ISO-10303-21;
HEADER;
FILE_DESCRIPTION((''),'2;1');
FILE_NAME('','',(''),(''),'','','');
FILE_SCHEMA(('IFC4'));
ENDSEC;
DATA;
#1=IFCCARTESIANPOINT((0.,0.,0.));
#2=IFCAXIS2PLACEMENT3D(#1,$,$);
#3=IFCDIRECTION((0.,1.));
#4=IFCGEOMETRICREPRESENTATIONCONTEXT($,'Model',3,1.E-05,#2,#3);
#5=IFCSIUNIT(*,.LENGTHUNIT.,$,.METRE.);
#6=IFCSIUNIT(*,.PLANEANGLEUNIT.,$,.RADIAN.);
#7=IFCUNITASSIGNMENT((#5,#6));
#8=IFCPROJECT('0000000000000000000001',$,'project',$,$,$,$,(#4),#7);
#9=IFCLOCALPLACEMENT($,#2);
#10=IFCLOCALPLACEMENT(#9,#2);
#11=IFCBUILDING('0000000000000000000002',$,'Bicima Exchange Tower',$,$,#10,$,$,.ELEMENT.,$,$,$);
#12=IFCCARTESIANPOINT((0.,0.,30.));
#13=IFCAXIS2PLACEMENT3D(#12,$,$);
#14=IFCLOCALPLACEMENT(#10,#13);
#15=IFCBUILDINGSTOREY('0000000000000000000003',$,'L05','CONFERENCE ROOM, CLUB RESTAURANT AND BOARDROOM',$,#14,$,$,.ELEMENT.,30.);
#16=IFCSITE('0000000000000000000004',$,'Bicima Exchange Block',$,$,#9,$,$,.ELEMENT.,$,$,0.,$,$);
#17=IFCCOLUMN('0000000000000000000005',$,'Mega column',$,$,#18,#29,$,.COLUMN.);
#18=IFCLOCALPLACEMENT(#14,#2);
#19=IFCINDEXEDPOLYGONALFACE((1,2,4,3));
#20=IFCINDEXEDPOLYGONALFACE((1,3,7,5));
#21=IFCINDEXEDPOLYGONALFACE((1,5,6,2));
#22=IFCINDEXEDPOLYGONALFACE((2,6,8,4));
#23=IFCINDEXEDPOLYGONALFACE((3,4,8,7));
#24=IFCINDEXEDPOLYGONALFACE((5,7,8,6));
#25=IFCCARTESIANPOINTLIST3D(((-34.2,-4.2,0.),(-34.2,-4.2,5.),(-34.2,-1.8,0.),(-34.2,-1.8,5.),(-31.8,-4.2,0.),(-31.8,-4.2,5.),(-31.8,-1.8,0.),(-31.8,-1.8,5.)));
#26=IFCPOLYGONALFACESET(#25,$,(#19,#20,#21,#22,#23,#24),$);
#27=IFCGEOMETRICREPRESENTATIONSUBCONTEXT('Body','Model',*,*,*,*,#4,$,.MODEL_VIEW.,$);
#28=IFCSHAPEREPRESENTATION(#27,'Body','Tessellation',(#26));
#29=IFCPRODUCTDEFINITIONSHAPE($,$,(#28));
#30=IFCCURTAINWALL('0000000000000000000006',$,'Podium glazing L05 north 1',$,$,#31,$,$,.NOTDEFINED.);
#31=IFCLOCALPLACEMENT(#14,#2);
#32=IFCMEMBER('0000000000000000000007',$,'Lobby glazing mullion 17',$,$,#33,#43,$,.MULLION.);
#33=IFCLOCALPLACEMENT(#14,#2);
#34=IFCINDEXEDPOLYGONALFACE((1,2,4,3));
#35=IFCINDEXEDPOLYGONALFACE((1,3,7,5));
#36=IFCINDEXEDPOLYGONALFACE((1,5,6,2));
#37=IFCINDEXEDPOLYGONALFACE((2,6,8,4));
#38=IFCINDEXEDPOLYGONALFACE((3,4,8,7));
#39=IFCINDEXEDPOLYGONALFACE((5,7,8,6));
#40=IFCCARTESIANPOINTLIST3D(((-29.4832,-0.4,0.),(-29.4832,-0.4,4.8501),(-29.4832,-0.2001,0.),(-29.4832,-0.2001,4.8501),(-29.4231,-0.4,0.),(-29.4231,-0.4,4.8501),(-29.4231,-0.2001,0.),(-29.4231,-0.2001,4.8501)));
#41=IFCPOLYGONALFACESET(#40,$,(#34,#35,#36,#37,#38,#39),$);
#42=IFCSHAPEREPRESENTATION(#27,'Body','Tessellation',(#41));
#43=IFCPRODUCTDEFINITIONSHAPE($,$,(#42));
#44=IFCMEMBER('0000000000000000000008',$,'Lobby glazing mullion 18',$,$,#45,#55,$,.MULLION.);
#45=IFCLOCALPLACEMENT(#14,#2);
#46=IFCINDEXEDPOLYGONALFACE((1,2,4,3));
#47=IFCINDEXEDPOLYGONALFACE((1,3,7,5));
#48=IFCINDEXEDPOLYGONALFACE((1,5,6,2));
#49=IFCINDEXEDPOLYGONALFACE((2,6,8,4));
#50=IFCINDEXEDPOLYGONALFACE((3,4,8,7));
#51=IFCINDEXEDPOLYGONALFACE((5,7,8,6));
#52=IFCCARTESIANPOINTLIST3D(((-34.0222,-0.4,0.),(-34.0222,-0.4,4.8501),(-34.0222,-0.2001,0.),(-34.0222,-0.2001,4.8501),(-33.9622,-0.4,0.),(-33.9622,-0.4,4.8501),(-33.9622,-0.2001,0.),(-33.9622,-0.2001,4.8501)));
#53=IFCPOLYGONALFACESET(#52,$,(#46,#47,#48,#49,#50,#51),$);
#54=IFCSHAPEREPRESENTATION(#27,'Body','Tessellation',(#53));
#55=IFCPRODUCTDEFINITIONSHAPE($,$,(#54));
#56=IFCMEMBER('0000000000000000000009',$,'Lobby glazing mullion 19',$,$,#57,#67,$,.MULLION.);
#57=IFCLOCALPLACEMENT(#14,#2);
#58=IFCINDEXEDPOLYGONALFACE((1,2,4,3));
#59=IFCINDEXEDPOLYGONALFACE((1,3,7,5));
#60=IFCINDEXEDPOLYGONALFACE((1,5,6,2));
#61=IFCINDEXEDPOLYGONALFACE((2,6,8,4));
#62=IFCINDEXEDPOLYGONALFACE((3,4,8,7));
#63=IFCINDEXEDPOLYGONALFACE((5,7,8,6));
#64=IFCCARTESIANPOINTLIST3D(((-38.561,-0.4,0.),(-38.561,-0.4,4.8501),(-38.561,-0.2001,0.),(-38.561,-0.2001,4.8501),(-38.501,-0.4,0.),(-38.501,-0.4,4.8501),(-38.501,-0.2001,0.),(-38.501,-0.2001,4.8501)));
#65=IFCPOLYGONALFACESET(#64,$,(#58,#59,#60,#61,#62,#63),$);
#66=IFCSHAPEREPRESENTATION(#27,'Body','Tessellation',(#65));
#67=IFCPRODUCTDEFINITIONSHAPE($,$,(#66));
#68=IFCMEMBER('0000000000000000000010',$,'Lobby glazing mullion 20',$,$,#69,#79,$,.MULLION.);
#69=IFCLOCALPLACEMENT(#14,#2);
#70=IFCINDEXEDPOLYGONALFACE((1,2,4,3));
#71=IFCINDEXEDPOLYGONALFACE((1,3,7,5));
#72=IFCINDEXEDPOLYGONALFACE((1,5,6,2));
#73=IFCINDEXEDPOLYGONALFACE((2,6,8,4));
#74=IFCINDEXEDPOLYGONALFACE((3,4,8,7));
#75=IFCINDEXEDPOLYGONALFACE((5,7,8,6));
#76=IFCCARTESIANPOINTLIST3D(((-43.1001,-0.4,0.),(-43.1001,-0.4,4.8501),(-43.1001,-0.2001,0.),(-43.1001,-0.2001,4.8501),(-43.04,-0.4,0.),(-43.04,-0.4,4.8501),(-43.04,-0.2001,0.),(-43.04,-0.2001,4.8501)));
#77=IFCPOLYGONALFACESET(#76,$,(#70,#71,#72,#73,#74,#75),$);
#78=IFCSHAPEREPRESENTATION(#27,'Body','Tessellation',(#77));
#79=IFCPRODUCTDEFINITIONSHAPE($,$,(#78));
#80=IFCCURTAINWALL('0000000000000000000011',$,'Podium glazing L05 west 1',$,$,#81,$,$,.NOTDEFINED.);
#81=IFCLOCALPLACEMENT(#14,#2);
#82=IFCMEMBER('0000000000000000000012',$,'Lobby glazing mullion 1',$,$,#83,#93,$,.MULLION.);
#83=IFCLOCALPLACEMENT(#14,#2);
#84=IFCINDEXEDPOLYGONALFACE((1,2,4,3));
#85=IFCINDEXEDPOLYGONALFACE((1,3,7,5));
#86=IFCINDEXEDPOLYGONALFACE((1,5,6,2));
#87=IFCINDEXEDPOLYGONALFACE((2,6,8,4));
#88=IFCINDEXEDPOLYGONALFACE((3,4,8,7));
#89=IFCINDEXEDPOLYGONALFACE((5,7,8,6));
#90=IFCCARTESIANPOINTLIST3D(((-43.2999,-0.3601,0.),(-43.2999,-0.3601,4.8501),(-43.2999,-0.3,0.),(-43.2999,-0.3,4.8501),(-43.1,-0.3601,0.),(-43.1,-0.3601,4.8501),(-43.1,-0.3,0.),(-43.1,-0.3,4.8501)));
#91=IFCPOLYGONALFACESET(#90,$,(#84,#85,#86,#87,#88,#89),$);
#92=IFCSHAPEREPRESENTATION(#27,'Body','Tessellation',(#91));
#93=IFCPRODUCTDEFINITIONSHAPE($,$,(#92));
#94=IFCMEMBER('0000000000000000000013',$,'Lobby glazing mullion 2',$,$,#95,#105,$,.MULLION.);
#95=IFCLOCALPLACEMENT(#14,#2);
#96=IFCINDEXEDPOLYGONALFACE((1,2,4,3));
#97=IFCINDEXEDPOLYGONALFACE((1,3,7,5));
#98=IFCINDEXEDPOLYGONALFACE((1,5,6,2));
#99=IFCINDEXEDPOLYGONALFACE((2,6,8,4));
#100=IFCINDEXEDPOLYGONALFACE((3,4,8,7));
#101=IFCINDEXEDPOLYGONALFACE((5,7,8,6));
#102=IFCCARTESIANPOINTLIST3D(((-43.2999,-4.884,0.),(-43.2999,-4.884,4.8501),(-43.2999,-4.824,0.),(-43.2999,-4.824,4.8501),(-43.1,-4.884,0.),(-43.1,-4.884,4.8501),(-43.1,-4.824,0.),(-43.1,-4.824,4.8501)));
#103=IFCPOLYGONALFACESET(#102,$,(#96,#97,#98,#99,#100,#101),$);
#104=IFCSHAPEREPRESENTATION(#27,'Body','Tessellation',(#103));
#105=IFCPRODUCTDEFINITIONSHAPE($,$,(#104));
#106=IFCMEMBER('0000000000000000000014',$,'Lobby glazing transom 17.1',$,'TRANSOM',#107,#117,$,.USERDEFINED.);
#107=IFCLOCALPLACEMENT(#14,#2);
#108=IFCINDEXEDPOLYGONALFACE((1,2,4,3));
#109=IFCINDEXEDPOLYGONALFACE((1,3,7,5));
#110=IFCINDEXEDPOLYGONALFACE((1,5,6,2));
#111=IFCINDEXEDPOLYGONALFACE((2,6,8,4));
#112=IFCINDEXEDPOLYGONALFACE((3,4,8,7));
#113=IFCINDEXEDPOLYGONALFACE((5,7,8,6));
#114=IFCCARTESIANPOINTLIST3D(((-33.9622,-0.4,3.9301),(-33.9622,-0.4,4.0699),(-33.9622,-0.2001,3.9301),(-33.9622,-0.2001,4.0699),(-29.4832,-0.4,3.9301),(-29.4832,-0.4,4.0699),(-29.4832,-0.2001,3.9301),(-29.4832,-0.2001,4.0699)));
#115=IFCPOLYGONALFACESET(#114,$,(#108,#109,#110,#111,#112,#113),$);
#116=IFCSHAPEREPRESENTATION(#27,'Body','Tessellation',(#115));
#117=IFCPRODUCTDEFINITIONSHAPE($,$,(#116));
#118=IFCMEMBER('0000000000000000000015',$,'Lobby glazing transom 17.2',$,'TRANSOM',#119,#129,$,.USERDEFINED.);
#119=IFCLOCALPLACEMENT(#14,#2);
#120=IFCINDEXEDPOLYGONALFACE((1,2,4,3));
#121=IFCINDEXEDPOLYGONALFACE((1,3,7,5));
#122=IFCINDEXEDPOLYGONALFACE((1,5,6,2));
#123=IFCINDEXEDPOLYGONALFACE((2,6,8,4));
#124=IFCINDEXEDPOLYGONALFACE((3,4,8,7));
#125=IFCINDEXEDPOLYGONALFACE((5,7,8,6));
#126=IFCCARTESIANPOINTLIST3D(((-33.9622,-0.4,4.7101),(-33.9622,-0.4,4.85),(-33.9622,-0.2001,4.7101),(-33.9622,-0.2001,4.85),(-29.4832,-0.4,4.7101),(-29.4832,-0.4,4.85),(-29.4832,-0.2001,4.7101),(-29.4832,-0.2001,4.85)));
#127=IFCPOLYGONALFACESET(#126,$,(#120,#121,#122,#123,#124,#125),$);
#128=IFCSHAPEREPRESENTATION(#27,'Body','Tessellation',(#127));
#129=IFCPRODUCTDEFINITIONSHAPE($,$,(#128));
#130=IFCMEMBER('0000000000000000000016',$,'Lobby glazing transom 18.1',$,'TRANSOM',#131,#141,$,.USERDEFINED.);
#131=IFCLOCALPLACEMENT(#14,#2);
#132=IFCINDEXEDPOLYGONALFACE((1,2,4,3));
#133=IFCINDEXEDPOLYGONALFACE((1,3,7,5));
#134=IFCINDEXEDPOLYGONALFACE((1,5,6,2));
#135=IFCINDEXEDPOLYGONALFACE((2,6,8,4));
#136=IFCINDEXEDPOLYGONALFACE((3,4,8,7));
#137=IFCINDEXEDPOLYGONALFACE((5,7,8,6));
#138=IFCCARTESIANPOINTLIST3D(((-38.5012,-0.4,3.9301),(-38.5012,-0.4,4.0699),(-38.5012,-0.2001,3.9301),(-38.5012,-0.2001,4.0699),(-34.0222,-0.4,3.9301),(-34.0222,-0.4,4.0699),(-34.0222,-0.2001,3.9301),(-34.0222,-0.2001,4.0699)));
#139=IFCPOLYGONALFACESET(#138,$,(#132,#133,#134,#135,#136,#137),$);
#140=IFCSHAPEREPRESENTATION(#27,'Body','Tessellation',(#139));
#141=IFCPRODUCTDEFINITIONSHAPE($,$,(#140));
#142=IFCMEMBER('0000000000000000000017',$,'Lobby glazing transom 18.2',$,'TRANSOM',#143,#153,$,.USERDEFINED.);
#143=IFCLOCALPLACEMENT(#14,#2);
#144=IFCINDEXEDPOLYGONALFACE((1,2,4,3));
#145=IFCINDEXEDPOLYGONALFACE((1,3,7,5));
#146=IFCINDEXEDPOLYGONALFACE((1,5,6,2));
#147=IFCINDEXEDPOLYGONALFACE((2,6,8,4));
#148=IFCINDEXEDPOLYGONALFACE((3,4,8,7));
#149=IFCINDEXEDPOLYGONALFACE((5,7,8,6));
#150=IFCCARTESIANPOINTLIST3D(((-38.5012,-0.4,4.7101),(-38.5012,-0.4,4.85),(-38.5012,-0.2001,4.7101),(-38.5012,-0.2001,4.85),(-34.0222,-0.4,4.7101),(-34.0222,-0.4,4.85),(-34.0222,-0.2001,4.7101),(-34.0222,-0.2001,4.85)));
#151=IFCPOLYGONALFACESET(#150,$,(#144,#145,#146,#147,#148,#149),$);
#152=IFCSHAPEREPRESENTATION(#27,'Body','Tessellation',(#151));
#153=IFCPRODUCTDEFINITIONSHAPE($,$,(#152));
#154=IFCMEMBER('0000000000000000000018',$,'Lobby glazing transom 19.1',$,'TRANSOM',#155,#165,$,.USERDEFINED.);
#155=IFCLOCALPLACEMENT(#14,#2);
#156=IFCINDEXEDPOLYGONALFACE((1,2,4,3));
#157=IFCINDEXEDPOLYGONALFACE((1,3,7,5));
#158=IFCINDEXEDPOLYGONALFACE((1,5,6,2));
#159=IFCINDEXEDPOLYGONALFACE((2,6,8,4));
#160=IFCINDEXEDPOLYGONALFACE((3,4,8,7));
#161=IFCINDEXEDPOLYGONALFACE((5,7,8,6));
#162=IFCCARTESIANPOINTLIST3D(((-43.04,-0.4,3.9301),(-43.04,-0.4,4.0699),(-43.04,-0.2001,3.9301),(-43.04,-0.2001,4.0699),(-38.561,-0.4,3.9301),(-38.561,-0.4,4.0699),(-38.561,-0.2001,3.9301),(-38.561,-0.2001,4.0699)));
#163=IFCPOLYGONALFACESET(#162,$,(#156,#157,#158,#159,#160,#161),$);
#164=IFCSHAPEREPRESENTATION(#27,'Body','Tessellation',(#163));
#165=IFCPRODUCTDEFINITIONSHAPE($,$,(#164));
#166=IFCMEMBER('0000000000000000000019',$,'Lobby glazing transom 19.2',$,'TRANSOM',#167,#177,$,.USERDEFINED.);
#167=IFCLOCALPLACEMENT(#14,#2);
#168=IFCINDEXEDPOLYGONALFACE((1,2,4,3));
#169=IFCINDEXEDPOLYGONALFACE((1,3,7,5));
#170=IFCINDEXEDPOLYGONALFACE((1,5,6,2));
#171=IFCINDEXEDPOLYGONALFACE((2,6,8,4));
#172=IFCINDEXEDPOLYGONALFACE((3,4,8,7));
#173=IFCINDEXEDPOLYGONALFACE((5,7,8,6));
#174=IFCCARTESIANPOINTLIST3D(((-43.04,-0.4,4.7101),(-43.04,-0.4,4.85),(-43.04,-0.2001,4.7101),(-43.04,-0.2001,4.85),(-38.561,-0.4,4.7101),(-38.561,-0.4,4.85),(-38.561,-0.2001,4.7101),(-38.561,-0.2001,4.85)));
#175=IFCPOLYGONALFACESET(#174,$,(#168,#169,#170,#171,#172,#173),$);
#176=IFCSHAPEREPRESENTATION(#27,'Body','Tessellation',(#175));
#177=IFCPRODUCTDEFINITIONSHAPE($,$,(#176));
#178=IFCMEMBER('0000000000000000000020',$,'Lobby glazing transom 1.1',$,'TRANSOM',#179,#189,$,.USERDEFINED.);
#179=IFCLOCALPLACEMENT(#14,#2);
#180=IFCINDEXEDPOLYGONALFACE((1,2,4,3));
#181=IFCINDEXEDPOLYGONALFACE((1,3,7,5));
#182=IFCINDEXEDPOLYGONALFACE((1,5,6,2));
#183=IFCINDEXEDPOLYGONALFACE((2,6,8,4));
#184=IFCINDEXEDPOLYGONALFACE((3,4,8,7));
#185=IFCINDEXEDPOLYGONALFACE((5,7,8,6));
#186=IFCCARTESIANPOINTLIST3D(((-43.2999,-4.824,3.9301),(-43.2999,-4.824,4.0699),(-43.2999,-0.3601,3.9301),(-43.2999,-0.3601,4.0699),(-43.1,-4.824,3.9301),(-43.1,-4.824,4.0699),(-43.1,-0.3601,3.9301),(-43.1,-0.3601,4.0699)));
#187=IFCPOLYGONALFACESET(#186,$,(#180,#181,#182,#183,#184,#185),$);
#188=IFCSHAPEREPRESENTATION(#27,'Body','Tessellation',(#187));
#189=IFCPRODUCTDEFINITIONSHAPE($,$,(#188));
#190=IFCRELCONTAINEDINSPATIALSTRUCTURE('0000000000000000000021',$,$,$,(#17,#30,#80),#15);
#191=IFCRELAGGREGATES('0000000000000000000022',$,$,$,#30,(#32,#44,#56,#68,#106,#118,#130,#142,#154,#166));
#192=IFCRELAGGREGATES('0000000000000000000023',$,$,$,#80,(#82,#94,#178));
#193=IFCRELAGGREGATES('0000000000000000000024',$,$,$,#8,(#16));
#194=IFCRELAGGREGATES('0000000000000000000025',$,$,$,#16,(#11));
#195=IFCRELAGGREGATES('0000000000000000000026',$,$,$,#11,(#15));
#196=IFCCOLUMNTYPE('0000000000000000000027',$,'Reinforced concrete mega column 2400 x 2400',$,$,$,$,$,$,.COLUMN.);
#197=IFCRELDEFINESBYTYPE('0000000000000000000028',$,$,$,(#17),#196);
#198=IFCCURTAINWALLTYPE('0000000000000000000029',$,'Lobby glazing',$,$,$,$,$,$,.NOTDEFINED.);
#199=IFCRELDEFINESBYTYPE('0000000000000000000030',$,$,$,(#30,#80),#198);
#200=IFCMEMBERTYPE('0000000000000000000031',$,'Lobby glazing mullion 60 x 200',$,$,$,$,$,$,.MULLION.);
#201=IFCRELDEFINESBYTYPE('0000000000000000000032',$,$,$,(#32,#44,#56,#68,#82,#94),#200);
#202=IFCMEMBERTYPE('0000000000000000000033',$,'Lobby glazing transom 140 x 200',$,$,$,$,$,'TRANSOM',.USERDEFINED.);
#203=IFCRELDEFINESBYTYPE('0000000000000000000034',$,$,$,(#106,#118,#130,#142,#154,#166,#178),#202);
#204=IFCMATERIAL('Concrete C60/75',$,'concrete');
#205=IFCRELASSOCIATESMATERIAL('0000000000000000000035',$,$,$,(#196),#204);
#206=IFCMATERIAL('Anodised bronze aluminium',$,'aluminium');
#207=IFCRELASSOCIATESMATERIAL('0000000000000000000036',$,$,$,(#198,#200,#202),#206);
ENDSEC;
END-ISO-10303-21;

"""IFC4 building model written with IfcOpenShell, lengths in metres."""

from ifc_helpers import new_model, si_unit, direction, frame, origin, origin_2d, place, context, subcontext, project, spatial, rectangle, extrude, material, material_profile, profile_set, type_object, element, aggregate, save


model = new_model("IFC4")

# Units and contexts
model_context = context("Model", 3, precision=1e-05, world=origin(), true_north=direction((0.0, 1.0)))
body_context = subcontext(model_context, "Body", "Model", "MODEL_VIEW")
ifc_project = project(units=[si_unit("LENGTHUNIT", "METRE"), si_unit("PLANEANGLEUNIT", "RADIAN")], contexts=[model_context])

# Site, building, storey
site_placement = place(None, origin())
site = spatial("IfcSite", under=ifc_project, at=site_placement, Name="Bicima Exchange Block", CompositionType="ELEMENT", RefElevation=0.0)
building_placement = place(site_placement, origin())
building = spatial("IfcBuilding", under=site, at=building_placement, Name="Bicima Exchange Tower", CompositionType="ELEMENT")
storey_placement = place(building_placement, frame((0.0, 0.0, 30.0)))
storey = spatial("IfcBuildingStorey", under=building, at=storey_placement, Name="L05", Description="CONFERENCE ROOM, CLUB RESTAURANT AND BOARDROOM", CompositionType="ELEMENT", Elevation=30.0)

# Column
ifc_material_1 = material(Name="Concrete C60/75", Category="concrete")
ifc_material_profile_1 = material_profile(ifc_material_1, rectangle(XDim=2.3999, YDim=2.3999, at=origin_2d()))
ifc_profile_set_1 = profile_set([ifc_material_profile_1], Name="Concrete C60/75")
column_type = type_object("IfcColumnType", Name="Reinforced concrete mega column 2400 x 2400", PredefinedType="COLUMN", material=ifc_profile_set_1)
column_placement = place(storey_placement, frame((-33.0, -3.0, 0.0), z_axis=(0.0, 0.0, 1.0), x_axis=(1.0, 0.0, 0.0)))
element("IfcColumn", 1, at=column_placement, inside=storey, type_object=column_type, Name="Mega column", PredefinedType="COLUMN", context=body_context, shape_type="SweptSolid", body=[
    extrude(rectangle(XDim=2.3999, YDim=2.3999, at=origin_2d()), origin(), (0.0, 0.0, 1.0), 5.0),
])

# Curtain walls, members
ifc_material_2 = material(Name="Anodised bronze aluminium", Category="aluminium")
curtain_wall_type = type_object("IfcCurtainWallType", Name="Lobby glazing", PredefinedType="NOTDEFINED", material=ifc_material_2)
curtain_wall_1_placement = place(storey_placement, origin())
curtain_wall_1 = element("IfcCurtainWall", 2, at=curtain_wall_1_placement, inside=storey, type_object=curtain_wall_type, Name="Podium glazing L05 north 1", PredefinedType="NOTDEFINED")
ifc_material_profile_2 = material_profile(ifc_material_2, rectangle(XDim=0.2, YDim=0.0601, at=origin_2d()))
ifc_profile_set_2 = profile_set([ifc_material_profile_2], Name="Anodised bronze aluminium")
member_type_1 = type_object("IfcMemberType", Name="Lobby glazing mullion 60 x 200", PredefinedType="MULLION", material=ifc_profile_set_2)
member_1_placement = place(storey_placement, frame((-29.4531, -0.3, 0.0), z_axis=(0.0, 0.0, 1.0), x_axis=(0.0, -1.0, 0.0)))
member_1 = element("IfcMember", 3, at=member_1_placement, type_object=member_type_1, Name="Lobby glazing mullion 17", PredefinedType="MULLION", context=body_context, shape_type="SweptSolid", body=[
    extrude(rectangle(XDim=0.2, YDim=0.0601, at=origin_2d()), origin(), (0.0, 0.0, 1.0), 4.8501),
])
member_2_placement = place(storey_placement, frame((-33.9922, -0.3, 0.0), z_axis=(0.0, 0.0, 1.0), x_axis=(0.0, -1.0, 0.0)))
member_2 = element("IfcMember", 4, at=member_2_placement, type_object=member_type_1, Name="Lobby glazing mullion 18", PredefinedType="MULLION", context=body_context, shape_type="SweptSolid", body=[
    extrude(rectangle(XDim=0.2, YDim=0.0601, at=origin_2d()), origin(), (0.0, 0.0, 1.0), 4.8501),
])
member_3_placement = place(storey_placement, frame((-38.531, -0.3, 0.0), z_axis=(0.0, 0.0, 1.0), x_axis=(0.0, -1.0, 0.0)))
member_3 = element("IfcMember", 5, at=member_3_placement, type_object=member_type_1, Name="Lobby glazing mullion 19", PredefinedType="MULLION", context=body_context, shape_type="SweptSolid", body=[
    extrude(rectangle(XDim=0.2, YDim=0.0601, at=origin_2d()), origin(), (0.0, 0.0, 1.0), 4.8501),
])
member_4_placement = place(storey_placement, frame((-43.0701, -0.3, 0.0), z_axis=(0.0, 0.0, 1.0), x_axis=(0.0, -1.0, 0.0)))
member_4 = element("IfcMember", 6, at=member_4_placement, type_object=member_type_1, Name="Lobby glazing mullion 20", PredefinedType="MULLION", context=body_context, shape_type="SweptSolid", body=[
    extrude(rectangle(XDim=0.2, YDim=0.0601, at=origin_2d()), origin(), (0.0, 0.0, 1.0), 4.8501),
])
curtain_wall_2_placement = place(storey_placement, origin())
curtain_wall_2 = element("IfcCurtainWall", 7, at=curtain_wall_2_placement, inside=storey, type_object=curtain_wall_type, Name="Podium glazing L05 west 1", PredefinedType="NOTDEFINED")
member_5_placement = place(storey_placement, frame((-43.2, -0.3301, 0.0), z_axis=(0.0, 0.0, 1.0), x_axis=(1.0, 0.0, 0.0)))
member_5 = element("IfcMember", 8, at=member_5_placement, type_object=member_type_1, Name="Lobby glazing mullion 1", PredefinedType="MULLION", context=body_context, shape_type="SweptSolid", body=[
    extrude(rectangle(XDim=0.2, YDim=0.0601, at=origin_2d()), origin(), (0.0, 0.0, 1.0), 4.8501),
])
member_6_placement = place(storey_placement, frame((-43.2, -4.854, 0.0), z_axis=(0.0, 0.0, 1.0), x_axis=(1.0, 0.0, 0.0)))
member_6 = element("IfcMember", 9, at=member_6_placement, type_object=member_type_1, Name="Lobby glazing mullion 2", PredefinedType="MULLION", context=body_context, shape_type="SweptSolid", body=[
    extrude(rectangle(XDim=0.2, YDim=0.0601, at=origin_2d()), origin(), (0.0, 0.0, 1.0), 4.8501),
])

# Members
ifc_material_profile_3 = material_profile(ifc_material_2, rectangle(XDim=0.2, YDim=0.1399, at=origin_2d()))
ifc_profile_set_3 = profile_set([ifc_material_profile_3], Name="Anodised bronze aluminium")
member_type_2 = type_object("IfcMemberType", Name="Lobby glazing transom 140 x 200", ElementType="TRANSOM", PredefinedType="USERDEFINED", material=ifc_profile_set_3)
member_7_placement = place(storey_placement, frame((-29.4832, -0.3, 4.0), z_axis=(-1.0, 0.0, 0.0), x_axis=(0.0, -1.0, 0.0)))
member_7 = element("IfcMember", 10, at=member_7_placement, type_object=member_type_2, Name="Lobby glazing transom 17.1", ObjectType="TRANSOM", PredefinedType="USERDEFINED", context=body_context, shape_type="SweptSolid", body=[
    extrude(rectangle(XDim=0.2, YDim=0.1399, at=origin_2d()), origin(), (0.0, 0.0, 1.0), 4.479),
])
member_8_placement = place(storey_placement, frame((-29.4832, -0.3, 4.78), z_axis=(-1.0, 0.0, 0.0), x_axis=(0.0, -1.0, 0.0)))
member_8 = element("IfcMember", 11, at=member_8_placement, type_object=member_type_2, Name="Lobby glazing transom 17.2", ObjectType="TRANSOM", PredefinedType="USERDEFINED", context=body_context, shape_type="SweptSolid", body=[
    extrude(rectangle(XDim=0.2, YDim=0.1399, at=origin_2d()), origin(), (0.0, 0.0, 1.0), 4.479),
])
member_9_placement = place(storey_placement, frame((-34.0222, -0.3, 4.0), z_axis=(-1.0, 0.0, 0.0), x_axis=(0.0, -1.0, 0.0)))
member_9 = element("IfcMember", 12, at=member_9_placement, type_object=member_type_2, Name="Lobby glazing transom 18.1", ObjectType="TRANSOM", PredefinedType="USERDEFINED", context=body_context, shape_type="SweptSolid", body=[
    extrude(rectangle(XDim=0.2, YDim=0.1399, at=origin_2d()), origin(), (0.0, 0.0, 1.0), 4.479),
])
member_10_placement = place(storey_placement, frame((-34.0222, -0.3, 4.78), z_axis=(-1.0, 0.0, 0.0), x_axis=(0.0, -1.0, 0.0)))
member_10 = element("IfcMember", 13, at=member_10_placement, type_object=member_type_2, Name="Lobby glazing transom 18.2", ObjectType="TRANSOM", PredefinedType="USERDEFINED", context=body_context, shape_type="SweptSolid", body=[
    extrude(rectangle(XDim=0.2, YDim=0.1399, at=origin_2d()), origin(), (0.0, 0.0, 1.0), 4.479),
])
member_11_placement = place(storey_placement, frame((-38.561, -0.3, 4.0), z_axis=(-1.0, 0.0, 0.0), x_axis=(0.0, -1.0, 0.0)))
member_11 = element("IfcMember", 14, at=member_11_placement, type_object=member_type_2, Name="Lobby glazing transom 19.1", ObjectType="TRANSOM", PredefinedType="USERDEFINED", context=body_context, shape_type="SweptSolid", body=[
    extrude(rectangle(XDim=0.2, YDim=0.1399, at=origin_2d()), origin(), (0.0, 0.0, 1.0), 4.479),
])
member_12_placement = place(storey_placement, frame((-38.561, -0.3, 4.78), z_axis=(-1.0, 0.0, 0.0), x_axis=(0.0, -1.0, 0.0)))
member_12 = element("IfcMember", 15, at=member_12_placement, type_object=member_type_2, Name="Lobby glazing transom 19.2", ObjectType="TRANSOM", PredefinedType="USERDEFINED", context=body_context, shape_type="SweptSolid", body=[
    extrude(rectangle(XDim=0.2, YDim=0.1399, at=origin_2d()), origin(), (0.0, 0.0, 1.0), 4.479),
])
member_13_placement = place(storey_placement, frame((-43.2, -0.3601, 4.0), z_axis=(0.0, -1.0, 0.0), x_axis=(1.0, 0.0, 0.0)))
member_13 = element("IfcMember", 16, at=member_13_placement, type_object=member_type_2, Name="Lobby glazing transom 1.1", ObjectType="TRANSOM", PredefinedType="USERDEFINED", context=body_context, shape_type="SweptSolid", body=[
    extrude(rectangle(XDim=0.2, YDim=0.1399, at=origin_2d()), origin(), (0.0, 0.0, 1.0), 4.4639),
])

aggregate(curtain_wall_1, [member_1, member_2, member_3, member_4, member_7, member_8, member_9, member_10, member_11, member_12])
aggregate(curtain_wall_2, [member_5, member_6, member_13])

save(model, "model.ifc")
